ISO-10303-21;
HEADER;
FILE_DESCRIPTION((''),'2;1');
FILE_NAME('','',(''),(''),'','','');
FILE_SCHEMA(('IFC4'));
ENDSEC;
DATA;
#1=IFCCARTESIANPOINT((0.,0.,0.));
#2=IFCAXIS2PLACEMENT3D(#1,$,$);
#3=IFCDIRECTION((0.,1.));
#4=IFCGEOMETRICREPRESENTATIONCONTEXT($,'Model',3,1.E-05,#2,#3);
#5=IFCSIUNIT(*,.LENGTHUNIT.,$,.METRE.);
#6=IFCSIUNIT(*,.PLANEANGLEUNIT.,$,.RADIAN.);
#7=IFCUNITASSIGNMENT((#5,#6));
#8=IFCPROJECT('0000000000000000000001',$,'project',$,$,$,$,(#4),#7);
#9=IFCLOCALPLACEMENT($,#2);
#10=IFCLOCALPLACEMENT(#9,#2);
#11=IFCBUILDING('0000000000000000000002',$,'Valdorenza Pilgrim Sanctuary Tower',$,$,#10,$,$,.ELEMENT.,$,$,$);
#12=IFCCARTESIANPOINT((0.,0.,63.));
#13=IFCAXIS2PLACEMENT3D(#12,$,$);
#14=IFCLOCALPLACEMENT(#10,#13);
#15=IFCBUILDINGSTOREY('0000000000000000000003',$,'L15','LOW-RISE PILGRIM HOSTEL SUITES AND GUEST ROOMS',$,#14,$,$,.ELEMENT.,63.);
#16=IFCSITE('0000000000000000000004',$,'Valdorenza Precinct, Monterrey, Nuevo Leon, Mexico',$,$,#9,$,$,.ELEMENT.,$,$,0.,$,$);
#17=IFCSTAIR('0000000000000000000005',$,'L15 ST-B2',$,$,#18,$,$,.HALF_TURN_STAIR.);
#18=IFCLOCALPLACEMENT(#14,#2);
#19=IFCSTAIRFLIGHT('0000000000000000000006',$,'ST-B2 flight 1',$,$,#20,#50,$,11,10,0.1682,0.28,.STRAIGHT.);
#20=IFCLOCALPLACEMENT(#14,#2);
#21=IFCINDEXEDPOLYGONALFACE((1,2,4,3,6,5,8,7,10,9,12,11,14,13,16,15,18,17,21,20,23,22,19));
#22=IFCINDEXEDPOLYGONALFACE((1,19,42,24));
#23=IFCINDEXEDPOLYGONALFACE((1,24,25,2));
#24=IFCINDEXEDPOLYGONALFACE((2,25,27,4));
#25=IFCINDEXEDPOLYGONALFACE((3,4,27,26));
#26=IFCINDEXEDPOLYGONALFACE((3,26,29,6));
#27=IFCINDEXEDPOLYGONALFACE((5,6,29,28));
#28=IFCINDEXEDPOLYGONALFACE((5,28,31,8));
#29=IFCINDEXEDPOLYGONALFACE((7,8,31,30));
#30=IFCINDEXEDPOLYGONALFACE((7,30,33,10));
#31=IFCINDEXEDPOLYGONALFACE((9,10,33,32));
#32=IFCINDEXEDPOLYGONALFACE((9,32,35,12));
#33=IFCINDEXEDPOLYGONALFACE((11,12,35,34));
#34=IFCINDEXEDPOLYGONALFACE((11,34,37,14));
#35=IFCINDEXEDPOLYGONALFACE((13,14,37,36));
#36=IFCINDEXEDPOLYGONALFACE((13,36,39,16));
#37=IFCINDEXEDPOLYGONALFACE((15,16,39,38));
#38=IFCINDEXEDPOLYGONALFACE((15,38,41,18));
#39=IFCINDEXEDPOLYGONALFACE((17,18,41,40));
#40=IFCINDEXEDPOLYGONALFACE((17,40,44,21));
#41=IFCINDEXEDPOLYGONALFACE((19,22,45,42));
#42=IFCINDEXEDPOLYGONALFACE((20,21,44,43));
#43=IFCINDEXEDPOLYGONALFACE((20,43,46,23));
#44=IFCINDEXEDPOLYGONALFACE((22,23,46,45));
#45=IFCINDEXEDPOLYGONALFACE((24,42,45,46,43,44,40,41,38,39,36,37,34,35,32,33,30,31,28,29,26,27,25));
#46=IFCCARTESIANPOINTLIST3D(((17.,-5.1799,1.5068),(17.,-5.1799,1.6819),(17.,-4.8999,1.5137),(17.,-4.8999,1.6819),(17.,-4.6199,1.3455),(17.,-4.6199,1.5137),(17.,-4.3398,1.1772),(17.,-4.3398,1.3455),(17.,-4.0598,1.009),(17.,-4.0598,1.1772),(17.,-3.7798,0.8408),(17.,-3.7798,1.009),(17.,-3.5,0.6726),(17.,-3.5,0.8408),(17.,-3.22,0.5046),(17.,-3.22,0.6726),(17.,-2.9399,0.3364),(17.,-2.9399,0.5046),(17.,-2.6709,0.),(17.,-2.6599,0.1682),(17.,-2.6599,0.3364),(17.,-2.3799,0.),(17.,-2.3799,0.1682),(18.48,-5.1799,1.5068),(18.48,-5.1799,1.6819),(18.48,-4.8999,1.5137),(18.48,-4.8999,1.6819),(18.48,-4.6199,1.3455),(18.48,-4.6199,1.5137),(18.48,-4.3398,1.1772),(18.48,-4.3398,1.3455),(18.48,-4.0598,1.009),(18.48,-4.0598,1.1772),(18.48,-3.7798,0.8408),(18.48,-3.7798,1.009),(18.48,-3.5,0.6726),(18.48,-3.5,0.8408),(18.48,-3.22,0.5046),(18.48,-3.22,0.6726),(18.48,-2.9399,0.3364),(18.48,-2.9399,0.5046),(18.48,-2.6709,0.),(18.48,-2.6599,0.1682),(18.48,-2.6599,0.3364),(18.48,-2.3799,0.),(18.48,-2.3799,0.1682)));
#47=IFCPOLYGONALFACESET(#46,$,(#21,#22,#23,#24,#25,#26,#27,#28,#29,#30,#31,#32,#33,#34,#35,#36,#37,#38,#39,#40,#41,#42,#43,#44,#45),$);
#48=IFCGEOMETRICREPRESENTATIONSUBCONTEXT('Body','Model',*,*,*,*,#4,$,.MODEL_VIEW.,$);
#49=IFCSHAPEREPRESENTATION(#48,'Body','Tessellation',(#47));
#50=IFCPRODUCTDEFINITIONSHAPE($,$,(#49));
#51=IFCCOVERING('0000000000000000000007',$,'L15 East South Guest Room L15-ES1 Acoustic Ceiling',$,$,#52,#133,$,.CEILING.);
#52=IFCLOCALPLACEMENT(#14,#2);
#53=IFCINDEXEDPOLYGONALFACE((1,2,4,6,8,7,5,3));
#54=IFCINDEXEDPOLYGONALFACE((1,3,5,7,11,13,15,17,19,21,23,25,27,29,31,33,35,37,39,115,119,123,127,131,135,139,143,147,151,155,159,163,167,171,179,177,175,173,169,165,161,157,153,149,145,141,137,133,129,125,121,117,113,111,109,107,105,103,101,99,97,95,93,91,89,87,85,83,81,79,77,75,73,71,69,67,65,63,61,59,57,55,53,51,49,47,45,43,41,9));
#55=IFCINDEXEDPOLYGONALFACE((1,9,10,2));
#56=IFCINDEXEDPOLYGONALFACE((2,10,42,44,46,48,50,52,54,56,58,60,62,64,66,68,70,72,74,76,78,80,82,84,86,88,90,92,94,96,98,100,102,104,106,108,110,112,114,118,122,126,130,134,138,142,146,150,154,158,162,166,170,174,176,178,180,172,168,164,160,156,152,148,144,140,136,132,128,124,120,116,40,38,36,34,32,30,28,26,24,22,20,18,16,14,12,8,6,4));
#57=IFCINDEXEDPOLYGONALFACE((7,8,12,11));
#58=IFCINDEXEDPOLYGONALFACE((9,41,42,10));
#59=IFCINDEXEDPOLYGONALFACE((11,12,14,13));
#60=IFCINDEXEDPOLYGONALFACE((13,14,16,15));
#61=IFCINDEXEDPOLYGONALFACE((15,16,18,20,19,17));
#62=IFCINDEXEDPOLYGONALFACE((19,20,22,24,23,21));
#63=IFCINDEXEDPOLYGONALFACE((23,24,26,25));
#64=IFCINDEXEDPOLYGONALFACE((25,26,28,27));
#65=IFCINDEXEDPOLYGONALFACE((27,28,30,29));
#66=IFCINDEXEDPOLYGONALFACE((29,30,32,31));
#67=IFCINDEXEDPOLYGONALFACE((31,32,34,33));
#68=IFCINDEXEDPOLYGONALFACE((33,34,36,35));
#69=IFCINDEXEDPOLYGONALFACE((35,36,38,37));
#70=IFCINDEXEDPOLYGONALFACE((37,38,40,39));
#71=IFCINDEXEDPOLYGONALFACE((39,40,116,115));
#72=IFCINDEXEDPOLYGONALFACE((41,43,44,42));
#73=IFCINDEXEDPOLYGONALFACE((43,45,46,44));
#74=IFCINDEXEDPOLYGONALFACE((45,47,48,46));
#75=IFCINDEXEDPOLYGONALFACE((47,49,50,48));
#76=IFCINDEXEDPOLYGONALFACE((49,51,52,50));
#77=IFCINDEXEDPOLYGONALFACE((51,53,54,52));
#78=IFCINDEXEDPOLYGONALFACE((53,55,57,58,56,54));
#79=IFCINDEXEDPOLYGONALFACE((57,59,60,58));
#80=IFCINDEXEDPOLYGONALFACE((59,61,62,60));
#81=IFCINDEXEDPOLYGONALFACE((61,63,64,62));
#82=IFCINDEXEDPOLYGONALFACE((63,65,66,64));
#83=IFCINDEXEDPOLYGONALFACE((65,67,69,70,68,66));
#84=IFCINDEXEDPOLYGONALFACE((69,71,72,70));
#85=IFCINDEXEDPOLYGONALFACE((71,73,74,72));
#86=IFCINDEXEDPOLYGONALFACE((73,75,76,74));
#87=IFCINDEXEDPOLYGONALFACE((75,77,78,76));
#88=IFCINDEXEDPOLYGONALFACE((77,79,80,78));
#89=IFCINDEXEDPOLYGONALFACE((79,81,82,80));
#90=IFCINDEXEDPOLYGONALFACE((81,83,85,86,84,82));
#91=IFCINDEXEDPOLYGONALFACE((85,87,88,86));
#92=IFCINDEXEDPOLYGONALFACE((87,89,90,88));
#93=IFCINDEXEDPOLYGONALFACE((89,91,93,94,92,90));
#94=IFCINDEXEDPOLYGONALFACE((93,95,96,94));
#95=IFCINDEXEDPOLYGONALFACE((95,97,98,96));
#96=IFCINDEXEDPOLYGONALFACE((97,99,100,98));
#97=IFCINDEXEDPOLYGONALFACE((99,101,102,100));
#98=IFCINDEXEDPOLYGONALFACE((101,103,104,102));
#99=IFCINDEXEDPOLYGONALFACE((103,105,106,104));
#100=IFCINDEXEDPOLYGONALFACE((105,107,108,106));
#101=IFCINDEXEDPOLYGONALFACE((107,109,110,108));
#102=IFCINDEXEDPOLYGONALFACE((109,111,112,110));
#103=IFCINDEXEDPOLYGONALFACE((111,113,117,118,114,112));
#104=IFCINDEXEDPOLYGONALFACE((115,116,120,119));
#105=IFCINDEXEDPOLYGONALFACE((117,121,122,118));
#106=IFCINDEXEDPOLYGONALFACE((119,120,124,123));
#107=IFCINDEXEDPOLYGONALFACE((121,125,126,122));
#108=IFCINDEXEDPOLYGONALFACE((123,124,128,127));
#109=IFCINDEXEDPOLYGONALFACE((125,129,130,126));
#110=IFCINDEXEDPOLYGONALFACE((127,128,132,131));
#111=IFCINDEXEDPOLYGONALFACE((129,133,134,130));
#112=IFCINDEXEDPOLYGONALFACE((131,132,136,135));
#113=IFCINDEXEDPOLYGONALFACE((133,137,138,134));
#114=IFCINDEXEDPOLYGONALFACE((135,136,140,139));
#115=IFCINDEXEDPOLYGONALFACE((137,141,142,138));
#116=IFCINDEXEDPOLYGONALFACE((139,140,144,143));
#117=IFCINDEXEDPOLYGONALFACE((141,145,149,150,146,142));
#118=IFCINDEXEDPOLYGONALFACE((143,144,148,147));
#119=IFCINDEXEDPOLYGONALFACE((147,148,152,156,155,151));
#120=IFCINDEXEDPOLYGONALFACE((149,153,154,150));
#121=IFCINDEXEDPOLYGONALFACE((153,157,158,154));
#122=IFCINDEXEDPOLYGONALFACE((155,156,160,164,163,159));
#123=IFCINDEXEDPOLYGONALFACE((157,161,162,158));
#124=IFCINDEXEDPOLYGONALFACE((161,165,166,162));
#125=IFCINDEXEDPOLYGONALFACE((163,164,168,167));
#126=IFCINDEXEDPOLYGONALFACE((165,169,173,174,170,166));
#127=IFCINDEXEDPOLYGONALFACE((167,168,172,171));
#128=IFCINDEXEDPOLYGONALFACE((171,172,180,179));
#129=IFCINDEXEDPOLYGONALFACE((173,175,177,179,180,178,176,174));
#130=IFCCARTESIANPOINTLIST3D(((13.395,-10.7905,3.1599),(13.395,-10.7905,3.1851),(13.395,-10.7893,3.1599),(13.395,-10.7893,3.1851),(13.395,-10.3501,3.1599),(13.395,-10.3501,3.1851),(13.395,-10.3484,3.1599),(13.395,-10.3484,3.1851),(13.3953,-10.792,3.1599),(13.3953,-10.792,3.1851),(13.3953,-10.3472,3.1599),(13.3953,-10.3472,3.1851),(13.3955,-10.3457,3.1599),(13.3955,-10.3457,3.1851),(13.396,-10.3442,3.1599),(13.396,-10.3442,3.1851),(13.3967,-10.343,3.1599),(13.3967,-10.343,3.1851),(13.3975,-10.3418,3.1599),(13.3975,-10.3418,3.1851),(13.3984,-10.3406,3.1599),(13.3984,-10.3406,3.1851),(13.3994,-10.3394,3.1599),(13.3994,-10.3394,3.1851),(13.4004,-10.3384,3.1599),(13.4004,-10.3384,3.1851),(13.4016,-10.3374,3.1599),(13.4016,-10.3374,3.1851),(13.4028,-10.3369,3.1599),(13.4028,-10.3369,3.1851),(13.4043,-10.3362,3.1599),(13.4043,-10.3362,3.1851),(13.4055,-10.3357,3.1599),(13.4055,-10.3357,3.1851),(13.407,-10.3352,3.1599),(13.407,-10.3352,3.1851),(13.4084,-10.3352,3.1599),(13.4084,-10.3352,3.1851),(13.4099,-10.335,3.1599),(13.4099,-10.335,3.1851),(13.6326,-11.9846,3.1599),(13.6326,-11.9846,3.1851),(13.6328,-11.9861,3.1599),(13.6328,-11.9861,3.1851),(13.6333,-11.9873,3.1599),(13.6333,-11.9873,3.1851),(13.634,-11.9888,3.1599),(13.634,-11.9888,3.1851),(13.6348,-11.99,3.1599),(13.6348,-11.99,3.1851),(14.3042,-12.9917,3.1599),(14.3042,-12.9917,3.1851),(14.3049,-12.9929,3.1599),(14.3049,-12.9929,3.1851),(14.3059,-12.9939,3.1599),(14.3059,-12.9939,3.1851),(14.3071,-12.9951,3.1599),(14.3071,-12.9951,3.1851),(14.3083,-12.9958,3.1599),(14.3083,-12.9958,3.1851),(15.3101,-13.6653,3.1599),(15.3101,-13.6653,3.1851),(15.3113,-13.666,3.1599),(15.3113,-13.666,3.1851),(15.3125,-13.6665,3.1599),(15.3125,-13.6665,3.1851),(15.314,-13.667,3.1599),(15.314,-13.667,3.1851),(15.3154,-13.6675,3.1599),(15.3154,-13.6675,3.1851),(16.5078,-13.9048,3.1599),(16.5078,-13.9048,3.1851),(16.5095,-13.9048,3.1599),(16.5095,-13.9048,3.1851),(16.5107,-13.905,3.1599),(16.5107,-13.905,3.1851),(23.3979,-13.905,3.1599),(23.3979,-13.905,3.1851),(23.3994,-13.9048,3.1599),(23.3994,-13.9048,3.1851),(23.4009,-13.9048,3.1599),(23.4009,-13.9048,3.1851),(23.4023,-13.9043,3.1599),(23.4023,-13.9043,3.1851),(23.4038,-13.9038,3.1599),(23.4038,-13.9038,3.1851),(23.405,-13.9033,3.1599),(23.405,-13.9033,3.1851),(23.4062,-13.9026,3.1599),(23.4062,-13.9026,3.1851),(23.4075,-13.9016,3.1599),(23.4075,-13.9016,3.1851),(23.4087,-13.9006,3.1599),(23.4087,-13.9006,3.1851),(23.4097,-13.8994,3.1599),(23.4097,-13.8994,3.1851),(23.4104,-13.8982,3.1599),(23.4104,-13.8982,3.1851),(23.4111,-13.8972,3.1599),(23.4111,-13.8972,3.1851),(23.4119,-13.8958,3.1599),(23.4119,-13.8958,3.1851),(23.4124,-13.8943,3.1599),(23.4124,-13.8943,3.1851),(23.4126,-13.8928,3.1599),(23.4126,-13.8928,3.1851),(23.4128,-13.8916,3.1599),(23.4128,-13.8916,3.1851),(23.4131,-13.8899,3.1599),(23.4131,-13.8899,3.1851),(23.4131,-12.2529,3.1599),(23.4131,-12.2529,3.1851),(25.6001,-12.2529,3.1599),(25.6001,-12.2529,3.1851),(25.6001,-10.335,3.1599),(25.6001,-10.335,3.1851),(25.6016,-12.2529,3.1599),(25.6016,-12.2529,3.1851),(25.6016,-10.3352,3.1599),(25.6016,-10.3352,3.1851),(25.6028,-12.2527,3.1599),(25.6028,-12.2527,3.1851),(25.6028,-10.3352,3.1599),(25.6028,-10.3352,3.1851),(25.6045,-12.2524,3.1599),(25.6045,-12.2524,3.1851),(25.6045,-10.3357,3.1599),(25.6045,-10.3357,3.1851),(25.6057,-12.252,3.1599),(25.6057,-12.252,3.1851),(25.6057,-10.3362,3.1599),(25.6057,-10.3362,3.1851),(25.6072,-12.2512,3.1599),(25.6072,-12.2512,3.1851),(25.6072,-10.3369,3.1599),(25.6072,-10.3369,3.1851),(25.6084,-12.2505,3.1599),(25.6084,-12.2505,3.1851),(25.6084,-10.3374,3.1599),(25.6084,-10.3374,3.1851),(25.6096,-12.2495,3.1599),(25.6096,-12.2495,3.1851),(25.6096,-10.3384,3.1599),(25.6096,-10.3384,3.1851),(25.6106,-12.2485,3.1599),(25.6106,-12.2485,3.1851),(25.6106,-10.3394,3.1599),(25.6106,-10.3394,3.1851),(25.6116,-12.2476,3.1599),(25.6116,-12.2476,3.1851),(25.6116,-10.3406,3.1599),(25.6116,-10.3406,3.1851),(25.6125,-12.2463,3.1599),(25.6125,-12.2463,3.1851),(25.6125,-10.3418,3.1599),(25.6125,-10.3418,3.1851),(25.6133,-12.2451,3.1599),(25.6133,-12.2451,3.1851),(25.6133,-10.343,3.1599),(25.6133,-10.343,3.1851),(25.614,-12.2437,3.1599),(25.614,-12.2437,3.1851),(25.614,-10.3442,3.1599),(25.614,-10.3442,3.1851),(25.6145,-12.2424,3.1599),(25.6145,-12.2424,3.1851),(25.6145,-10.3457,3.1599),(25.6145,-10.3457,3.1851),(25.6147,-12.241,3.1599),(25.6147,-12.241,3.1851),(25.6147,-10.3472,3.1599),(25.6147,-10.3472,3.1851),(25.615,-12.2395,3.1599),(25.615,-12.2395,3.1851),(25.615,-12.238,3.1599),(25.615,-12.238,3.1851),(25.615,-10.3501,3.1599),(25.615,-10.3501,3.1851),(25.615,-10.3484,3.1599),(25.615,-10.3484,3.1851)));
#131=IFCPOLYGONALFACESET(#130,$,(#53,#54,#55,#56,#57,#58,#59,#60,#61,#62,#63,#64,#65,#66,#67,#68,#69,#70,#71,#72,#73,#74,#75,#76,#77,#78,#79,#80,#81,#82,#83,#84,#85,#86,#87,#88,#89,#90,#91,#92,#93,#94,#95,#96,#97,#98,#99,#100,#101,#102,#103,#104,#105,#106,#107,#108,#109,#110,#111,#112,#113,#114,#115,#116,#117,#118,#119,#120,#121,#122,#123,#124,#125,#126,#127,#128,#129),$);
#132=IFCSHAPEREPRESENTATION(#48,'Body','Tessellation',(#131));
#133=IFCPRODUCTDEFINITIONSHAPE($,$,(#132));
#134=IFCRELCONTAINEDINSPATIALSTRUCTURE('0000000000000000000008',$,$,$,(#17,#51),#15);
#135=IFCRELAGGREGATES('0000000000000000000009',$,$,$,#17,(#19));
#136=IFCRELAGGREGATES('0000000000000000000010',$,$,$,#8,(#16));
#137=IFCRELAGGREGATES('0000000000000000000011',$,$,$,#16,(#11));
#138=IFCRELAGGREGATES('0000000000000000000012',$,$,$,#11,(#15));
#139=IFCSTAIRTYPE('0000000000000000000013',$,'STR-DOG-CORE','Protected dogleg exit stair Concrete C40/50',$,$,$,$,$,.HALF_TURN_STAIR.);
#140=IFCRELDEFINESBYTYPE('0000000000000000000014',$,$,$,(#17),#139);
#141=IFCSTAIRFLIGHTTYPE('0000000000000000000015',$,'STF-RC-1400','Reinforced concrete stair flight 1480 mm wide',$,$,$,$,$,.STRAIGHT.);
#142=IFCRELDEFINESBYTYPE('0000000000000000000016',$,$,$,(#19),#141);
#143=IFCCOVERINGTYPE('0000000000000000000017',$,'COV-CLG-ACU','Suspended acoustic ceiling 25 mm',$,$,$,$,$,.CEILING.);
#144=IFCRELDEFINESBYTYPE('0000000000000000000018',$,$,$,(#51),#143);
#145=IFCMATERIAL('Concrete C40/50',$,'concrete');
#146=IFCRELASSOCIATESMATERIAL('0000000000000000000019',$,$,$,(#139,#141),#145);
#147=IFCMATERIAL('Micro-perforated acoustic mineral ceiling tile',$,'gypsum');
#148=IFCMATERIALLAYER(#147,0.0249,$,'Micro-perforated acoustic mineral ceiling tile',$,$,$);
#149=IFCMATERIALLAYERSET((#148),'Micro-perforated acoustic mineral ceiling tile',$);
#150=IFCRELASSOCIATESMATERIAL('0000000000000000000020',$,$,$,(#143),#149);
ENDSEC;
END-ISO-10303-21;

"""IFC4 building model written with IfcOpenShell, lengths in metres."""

from ifc_helpers import new_model, si_unit, direction, frame, origin, place, context, subcontext, project, spatial, polyline, outline, extrude, material, layer, layer_set, type_object, element, aggregate, save


model = new_model("IFC4")

# Units and contexts
model_context = context("Model", 3, precision=1e-05, world=origin(), true_north=direction((0.0, 1.0)))
body_context = subcontext(model_context, "Body", "Model", "MODEL_VIEW")
ifc_project = project(units=[si_unit("LENGTHUNIT", "METRE"), si_unit("PLANEANGLEUNIT", "RADIAN")], contexts=[model_context])

# Site, building, storey
site_placement = place(None, origin())
site = spatial("IfcSite", under=ifc_project, at=site_placement, Name="Valdorenza Precinct, Monterrey, Nuevo Leon, Mexico", CompositionType="ELEMENT", RefElevation=0.0)
building_placement = place(site_placement, origin())
building = spatial("IfcBuilding", under=site, at=building_placement, Name="Valdorenza Pilgrim Sanctuary Tower", CompositionType="ELEMENT")
storey_placement = place(building_placement, frame((0.0, 0.0, 63.0)))
storey = spatial("IfcBuildingStorey", under=building, at=storey_placement, Name="L15", Description="LOW-RISE PILGRIM HOSTEL SUITES AND GUEST ROOMS", CompositionType="ELEMENT", Elevation=63.0)

# Shared definitions
ifc_material_1 = material(Name="Concrete C40/50", Category="concrete")

# Stair, stair flight
stair_type = type_object("IfcStairType", Name="STR-DOG-CORE", Description="Protected dogleg exit stair Concrete C40/50", PredefinedType="HALF_TURN_STAIR", material=ifc_material_1)
stair_placement = place(storey_placement, origin())
stair = element("IfcStair", 1, at=stair_placement, inside=storey, type_object=stair_type, Name="L15 ST-B2", PredefinedType="HALF_TURN_STAIR")
stair_flight_type = type_object("IfcStairFlightType", Name="STF-RC-1400", Description="Reinforced concrete stair flight 1480 mm wide", PredefinedType="STRAIGHT", material=ifc_material_1)
stair_flight_placement = place(storey_placement, frame((17.74, -2.3799, 0.0), z_axis=(0.0, 0.0, 1.0), x_axis=(0.0, -1.0, 0.0)))
stair_flight = element("IfcStairFlight", 2, at=stair_flight_placement, type_object=stair_flight_type, Name="ST-B2 flight 1", NumberOfRisers=11, NumberOfTreads=10, PredefinedType="STRAIGHT", RiserHeight=0.1682, TreadLength=0.28, context=body_context, shape_type="SweptSolid", body=[
    extrude(outline(polyline([(0.0, 0.0), (0.0, 0.1682), (0.28, 0.1682), (0.28, 0.3364), (0.5601, 0.3364), (0.5601, 0.5046), (0.8401, 0.5046), (0.8401, 0.6726), (1.1201, 0.6726), (1.1201, 0.8408), (1.3999, 0.8408), (1.3999, 1.009), (1.6799, 1.009), (1.6799, 1.1772), (1.96, 1.1772), (1.96, 1.3455), (2.24, 1.3455), (2.24, 1.5137), (2.52, 1.5137), (2.52, 1.6819), (2.8, 1.6819), (2.8, 1.8501), (2.8, 1.5068), (0.291, 0.0), (0.0, 0.0)])), frame((0.0, 0.74, 0.0), z_axis=(0.0, -1.0, 0.0), x_axis=(1.0, 0.0, 0.0)), (0.0, 0.0, 1.0), 1.48),
])
aggregate(stair, [stair_flight])

# Covering
ifc_material_2 = material(Name="Micro-perforated acoustic mineral ceiling tile", Category="gypsum")
ifc_layer_1 = layer(ifc_material_2, 0.0249, Name="Micro-perforated acoustic mineral ceiling tile")
ifc_layer_set_1 = layer_set([ifc_layer_1], Name="Micro-perforated acoustic mineral ceiling tile")
covering_type_1 = type_object("IfcCoveringType", Name="COV-CLG-ACU", Description="Suspended acoustic ceiling 25 mm", PredefinedType="CEILING", material=ifc_layer_set_1)
covering_1_placement = place(storey_placement, frame((0.0, 0.0, 3.1599)))
element("IfcCovering", 3, at=covering_1_placement, inside=storey, type_object=covering_type_1, Name="L15 East South Guest Room L15-ES1 Acoustic Ceiling", PredefinedType="CEILING", context=body_context, shape_type="SweptSolid", body=[
    extrude(outline(polyline([(23.4131, -12.2529), (23.4131, -13.8899), (23.4128, -13.8916), (23.4126, -13.8928), (23.4124, -13.8943), (23.4119, -13.8958), (23.4111, -13.8972), (23.4104, -13.8982), (23.4097, -13.8994), (23.4087, -13.9006), (23.4075, -13.9016), (23.4062, -13.9026), (23.405, -13.9033), (23.4038, -13.9038), (23.4023, -13.9043), (23.4009, -13.9048), (23.3994, -13.9048), (23.3979, -13.905), (16.5107, -13.905), (16.5095, -13.9048), (16.5078, -13.9048), (15.3154, -13.6675), (15.314, -13.667), (15.3125, -13.6665), (15.3113, -13.666), (15.3101, -13.6653), (14.3083, -12.9958), (14.3071, -12.9951), (14.3059, -12.9939), (14.3049, -12.9929), (14.3042, -12.9917), (13.6348, -11.99), (13.634, -11.9888), (13.6333, -11.9873), (13.6328, -11.9861), (13.6326, -11.9846), (13.3953, -10.792), (13.395, -10.7905), (13.395, -10.7893), (13.395, -10.3501), (13.395, -10.3484), (13.3953, -10.3472), (13.3955, -10.3457), (13.396, -10.3442), (13.3967, -10.343), (13.3975, -10.3418), (13.3984, -10.3406), (13.3994, -10.3394), (13.4004, -10.3384), (13.4016, -10.3374), (13.4028, -10.3369), (13.4043, -10.3362), (13.4055, -10.3357), (13.407, -10.3352), (13.4084, -10.3352), (13.4099, -10.335), (25.6001, -10.335), (25.6016, -10.3352), (25.6028, -10.3352), (25.6045, -10.3357), (25.6057, -10.3362), (25.6072, -10.3369), (25.6084, -10.3374), (25.6096, -10.3384), (25.6106, -10.3394), (25.6116, -10.3406), (25.6125, -10.3418), (25.6133, -10.343), (25.614, -10.3442), (25.6145, -10.3457), (25.6147, -10.3472), (25.615, -10.3484), (25.615, -10.3501), (25.615, -12.238), (25.615, -12.2395), (25.6147, -12.241), (25.6145, -12.2424), (25.614, -12.2437), (25.6133, -12.2451), (25.6125, -12.2463), (25.6116, -12.2476), (25.6106, -12.2485), (25.6096, -12.2495), (25.6084, -12.2505), (25.6072, -12.2512), (25.6057, -12.252), (25.6045, -12.2524), (25.6028, -12.2527), (25.6016, -12.2529), (25.6001, -12.2529), (23.4131, -12.2529)])), origin(), (0.0, 0.0, 1.0), 0.0251),
])

save(model, "model.ifc")
